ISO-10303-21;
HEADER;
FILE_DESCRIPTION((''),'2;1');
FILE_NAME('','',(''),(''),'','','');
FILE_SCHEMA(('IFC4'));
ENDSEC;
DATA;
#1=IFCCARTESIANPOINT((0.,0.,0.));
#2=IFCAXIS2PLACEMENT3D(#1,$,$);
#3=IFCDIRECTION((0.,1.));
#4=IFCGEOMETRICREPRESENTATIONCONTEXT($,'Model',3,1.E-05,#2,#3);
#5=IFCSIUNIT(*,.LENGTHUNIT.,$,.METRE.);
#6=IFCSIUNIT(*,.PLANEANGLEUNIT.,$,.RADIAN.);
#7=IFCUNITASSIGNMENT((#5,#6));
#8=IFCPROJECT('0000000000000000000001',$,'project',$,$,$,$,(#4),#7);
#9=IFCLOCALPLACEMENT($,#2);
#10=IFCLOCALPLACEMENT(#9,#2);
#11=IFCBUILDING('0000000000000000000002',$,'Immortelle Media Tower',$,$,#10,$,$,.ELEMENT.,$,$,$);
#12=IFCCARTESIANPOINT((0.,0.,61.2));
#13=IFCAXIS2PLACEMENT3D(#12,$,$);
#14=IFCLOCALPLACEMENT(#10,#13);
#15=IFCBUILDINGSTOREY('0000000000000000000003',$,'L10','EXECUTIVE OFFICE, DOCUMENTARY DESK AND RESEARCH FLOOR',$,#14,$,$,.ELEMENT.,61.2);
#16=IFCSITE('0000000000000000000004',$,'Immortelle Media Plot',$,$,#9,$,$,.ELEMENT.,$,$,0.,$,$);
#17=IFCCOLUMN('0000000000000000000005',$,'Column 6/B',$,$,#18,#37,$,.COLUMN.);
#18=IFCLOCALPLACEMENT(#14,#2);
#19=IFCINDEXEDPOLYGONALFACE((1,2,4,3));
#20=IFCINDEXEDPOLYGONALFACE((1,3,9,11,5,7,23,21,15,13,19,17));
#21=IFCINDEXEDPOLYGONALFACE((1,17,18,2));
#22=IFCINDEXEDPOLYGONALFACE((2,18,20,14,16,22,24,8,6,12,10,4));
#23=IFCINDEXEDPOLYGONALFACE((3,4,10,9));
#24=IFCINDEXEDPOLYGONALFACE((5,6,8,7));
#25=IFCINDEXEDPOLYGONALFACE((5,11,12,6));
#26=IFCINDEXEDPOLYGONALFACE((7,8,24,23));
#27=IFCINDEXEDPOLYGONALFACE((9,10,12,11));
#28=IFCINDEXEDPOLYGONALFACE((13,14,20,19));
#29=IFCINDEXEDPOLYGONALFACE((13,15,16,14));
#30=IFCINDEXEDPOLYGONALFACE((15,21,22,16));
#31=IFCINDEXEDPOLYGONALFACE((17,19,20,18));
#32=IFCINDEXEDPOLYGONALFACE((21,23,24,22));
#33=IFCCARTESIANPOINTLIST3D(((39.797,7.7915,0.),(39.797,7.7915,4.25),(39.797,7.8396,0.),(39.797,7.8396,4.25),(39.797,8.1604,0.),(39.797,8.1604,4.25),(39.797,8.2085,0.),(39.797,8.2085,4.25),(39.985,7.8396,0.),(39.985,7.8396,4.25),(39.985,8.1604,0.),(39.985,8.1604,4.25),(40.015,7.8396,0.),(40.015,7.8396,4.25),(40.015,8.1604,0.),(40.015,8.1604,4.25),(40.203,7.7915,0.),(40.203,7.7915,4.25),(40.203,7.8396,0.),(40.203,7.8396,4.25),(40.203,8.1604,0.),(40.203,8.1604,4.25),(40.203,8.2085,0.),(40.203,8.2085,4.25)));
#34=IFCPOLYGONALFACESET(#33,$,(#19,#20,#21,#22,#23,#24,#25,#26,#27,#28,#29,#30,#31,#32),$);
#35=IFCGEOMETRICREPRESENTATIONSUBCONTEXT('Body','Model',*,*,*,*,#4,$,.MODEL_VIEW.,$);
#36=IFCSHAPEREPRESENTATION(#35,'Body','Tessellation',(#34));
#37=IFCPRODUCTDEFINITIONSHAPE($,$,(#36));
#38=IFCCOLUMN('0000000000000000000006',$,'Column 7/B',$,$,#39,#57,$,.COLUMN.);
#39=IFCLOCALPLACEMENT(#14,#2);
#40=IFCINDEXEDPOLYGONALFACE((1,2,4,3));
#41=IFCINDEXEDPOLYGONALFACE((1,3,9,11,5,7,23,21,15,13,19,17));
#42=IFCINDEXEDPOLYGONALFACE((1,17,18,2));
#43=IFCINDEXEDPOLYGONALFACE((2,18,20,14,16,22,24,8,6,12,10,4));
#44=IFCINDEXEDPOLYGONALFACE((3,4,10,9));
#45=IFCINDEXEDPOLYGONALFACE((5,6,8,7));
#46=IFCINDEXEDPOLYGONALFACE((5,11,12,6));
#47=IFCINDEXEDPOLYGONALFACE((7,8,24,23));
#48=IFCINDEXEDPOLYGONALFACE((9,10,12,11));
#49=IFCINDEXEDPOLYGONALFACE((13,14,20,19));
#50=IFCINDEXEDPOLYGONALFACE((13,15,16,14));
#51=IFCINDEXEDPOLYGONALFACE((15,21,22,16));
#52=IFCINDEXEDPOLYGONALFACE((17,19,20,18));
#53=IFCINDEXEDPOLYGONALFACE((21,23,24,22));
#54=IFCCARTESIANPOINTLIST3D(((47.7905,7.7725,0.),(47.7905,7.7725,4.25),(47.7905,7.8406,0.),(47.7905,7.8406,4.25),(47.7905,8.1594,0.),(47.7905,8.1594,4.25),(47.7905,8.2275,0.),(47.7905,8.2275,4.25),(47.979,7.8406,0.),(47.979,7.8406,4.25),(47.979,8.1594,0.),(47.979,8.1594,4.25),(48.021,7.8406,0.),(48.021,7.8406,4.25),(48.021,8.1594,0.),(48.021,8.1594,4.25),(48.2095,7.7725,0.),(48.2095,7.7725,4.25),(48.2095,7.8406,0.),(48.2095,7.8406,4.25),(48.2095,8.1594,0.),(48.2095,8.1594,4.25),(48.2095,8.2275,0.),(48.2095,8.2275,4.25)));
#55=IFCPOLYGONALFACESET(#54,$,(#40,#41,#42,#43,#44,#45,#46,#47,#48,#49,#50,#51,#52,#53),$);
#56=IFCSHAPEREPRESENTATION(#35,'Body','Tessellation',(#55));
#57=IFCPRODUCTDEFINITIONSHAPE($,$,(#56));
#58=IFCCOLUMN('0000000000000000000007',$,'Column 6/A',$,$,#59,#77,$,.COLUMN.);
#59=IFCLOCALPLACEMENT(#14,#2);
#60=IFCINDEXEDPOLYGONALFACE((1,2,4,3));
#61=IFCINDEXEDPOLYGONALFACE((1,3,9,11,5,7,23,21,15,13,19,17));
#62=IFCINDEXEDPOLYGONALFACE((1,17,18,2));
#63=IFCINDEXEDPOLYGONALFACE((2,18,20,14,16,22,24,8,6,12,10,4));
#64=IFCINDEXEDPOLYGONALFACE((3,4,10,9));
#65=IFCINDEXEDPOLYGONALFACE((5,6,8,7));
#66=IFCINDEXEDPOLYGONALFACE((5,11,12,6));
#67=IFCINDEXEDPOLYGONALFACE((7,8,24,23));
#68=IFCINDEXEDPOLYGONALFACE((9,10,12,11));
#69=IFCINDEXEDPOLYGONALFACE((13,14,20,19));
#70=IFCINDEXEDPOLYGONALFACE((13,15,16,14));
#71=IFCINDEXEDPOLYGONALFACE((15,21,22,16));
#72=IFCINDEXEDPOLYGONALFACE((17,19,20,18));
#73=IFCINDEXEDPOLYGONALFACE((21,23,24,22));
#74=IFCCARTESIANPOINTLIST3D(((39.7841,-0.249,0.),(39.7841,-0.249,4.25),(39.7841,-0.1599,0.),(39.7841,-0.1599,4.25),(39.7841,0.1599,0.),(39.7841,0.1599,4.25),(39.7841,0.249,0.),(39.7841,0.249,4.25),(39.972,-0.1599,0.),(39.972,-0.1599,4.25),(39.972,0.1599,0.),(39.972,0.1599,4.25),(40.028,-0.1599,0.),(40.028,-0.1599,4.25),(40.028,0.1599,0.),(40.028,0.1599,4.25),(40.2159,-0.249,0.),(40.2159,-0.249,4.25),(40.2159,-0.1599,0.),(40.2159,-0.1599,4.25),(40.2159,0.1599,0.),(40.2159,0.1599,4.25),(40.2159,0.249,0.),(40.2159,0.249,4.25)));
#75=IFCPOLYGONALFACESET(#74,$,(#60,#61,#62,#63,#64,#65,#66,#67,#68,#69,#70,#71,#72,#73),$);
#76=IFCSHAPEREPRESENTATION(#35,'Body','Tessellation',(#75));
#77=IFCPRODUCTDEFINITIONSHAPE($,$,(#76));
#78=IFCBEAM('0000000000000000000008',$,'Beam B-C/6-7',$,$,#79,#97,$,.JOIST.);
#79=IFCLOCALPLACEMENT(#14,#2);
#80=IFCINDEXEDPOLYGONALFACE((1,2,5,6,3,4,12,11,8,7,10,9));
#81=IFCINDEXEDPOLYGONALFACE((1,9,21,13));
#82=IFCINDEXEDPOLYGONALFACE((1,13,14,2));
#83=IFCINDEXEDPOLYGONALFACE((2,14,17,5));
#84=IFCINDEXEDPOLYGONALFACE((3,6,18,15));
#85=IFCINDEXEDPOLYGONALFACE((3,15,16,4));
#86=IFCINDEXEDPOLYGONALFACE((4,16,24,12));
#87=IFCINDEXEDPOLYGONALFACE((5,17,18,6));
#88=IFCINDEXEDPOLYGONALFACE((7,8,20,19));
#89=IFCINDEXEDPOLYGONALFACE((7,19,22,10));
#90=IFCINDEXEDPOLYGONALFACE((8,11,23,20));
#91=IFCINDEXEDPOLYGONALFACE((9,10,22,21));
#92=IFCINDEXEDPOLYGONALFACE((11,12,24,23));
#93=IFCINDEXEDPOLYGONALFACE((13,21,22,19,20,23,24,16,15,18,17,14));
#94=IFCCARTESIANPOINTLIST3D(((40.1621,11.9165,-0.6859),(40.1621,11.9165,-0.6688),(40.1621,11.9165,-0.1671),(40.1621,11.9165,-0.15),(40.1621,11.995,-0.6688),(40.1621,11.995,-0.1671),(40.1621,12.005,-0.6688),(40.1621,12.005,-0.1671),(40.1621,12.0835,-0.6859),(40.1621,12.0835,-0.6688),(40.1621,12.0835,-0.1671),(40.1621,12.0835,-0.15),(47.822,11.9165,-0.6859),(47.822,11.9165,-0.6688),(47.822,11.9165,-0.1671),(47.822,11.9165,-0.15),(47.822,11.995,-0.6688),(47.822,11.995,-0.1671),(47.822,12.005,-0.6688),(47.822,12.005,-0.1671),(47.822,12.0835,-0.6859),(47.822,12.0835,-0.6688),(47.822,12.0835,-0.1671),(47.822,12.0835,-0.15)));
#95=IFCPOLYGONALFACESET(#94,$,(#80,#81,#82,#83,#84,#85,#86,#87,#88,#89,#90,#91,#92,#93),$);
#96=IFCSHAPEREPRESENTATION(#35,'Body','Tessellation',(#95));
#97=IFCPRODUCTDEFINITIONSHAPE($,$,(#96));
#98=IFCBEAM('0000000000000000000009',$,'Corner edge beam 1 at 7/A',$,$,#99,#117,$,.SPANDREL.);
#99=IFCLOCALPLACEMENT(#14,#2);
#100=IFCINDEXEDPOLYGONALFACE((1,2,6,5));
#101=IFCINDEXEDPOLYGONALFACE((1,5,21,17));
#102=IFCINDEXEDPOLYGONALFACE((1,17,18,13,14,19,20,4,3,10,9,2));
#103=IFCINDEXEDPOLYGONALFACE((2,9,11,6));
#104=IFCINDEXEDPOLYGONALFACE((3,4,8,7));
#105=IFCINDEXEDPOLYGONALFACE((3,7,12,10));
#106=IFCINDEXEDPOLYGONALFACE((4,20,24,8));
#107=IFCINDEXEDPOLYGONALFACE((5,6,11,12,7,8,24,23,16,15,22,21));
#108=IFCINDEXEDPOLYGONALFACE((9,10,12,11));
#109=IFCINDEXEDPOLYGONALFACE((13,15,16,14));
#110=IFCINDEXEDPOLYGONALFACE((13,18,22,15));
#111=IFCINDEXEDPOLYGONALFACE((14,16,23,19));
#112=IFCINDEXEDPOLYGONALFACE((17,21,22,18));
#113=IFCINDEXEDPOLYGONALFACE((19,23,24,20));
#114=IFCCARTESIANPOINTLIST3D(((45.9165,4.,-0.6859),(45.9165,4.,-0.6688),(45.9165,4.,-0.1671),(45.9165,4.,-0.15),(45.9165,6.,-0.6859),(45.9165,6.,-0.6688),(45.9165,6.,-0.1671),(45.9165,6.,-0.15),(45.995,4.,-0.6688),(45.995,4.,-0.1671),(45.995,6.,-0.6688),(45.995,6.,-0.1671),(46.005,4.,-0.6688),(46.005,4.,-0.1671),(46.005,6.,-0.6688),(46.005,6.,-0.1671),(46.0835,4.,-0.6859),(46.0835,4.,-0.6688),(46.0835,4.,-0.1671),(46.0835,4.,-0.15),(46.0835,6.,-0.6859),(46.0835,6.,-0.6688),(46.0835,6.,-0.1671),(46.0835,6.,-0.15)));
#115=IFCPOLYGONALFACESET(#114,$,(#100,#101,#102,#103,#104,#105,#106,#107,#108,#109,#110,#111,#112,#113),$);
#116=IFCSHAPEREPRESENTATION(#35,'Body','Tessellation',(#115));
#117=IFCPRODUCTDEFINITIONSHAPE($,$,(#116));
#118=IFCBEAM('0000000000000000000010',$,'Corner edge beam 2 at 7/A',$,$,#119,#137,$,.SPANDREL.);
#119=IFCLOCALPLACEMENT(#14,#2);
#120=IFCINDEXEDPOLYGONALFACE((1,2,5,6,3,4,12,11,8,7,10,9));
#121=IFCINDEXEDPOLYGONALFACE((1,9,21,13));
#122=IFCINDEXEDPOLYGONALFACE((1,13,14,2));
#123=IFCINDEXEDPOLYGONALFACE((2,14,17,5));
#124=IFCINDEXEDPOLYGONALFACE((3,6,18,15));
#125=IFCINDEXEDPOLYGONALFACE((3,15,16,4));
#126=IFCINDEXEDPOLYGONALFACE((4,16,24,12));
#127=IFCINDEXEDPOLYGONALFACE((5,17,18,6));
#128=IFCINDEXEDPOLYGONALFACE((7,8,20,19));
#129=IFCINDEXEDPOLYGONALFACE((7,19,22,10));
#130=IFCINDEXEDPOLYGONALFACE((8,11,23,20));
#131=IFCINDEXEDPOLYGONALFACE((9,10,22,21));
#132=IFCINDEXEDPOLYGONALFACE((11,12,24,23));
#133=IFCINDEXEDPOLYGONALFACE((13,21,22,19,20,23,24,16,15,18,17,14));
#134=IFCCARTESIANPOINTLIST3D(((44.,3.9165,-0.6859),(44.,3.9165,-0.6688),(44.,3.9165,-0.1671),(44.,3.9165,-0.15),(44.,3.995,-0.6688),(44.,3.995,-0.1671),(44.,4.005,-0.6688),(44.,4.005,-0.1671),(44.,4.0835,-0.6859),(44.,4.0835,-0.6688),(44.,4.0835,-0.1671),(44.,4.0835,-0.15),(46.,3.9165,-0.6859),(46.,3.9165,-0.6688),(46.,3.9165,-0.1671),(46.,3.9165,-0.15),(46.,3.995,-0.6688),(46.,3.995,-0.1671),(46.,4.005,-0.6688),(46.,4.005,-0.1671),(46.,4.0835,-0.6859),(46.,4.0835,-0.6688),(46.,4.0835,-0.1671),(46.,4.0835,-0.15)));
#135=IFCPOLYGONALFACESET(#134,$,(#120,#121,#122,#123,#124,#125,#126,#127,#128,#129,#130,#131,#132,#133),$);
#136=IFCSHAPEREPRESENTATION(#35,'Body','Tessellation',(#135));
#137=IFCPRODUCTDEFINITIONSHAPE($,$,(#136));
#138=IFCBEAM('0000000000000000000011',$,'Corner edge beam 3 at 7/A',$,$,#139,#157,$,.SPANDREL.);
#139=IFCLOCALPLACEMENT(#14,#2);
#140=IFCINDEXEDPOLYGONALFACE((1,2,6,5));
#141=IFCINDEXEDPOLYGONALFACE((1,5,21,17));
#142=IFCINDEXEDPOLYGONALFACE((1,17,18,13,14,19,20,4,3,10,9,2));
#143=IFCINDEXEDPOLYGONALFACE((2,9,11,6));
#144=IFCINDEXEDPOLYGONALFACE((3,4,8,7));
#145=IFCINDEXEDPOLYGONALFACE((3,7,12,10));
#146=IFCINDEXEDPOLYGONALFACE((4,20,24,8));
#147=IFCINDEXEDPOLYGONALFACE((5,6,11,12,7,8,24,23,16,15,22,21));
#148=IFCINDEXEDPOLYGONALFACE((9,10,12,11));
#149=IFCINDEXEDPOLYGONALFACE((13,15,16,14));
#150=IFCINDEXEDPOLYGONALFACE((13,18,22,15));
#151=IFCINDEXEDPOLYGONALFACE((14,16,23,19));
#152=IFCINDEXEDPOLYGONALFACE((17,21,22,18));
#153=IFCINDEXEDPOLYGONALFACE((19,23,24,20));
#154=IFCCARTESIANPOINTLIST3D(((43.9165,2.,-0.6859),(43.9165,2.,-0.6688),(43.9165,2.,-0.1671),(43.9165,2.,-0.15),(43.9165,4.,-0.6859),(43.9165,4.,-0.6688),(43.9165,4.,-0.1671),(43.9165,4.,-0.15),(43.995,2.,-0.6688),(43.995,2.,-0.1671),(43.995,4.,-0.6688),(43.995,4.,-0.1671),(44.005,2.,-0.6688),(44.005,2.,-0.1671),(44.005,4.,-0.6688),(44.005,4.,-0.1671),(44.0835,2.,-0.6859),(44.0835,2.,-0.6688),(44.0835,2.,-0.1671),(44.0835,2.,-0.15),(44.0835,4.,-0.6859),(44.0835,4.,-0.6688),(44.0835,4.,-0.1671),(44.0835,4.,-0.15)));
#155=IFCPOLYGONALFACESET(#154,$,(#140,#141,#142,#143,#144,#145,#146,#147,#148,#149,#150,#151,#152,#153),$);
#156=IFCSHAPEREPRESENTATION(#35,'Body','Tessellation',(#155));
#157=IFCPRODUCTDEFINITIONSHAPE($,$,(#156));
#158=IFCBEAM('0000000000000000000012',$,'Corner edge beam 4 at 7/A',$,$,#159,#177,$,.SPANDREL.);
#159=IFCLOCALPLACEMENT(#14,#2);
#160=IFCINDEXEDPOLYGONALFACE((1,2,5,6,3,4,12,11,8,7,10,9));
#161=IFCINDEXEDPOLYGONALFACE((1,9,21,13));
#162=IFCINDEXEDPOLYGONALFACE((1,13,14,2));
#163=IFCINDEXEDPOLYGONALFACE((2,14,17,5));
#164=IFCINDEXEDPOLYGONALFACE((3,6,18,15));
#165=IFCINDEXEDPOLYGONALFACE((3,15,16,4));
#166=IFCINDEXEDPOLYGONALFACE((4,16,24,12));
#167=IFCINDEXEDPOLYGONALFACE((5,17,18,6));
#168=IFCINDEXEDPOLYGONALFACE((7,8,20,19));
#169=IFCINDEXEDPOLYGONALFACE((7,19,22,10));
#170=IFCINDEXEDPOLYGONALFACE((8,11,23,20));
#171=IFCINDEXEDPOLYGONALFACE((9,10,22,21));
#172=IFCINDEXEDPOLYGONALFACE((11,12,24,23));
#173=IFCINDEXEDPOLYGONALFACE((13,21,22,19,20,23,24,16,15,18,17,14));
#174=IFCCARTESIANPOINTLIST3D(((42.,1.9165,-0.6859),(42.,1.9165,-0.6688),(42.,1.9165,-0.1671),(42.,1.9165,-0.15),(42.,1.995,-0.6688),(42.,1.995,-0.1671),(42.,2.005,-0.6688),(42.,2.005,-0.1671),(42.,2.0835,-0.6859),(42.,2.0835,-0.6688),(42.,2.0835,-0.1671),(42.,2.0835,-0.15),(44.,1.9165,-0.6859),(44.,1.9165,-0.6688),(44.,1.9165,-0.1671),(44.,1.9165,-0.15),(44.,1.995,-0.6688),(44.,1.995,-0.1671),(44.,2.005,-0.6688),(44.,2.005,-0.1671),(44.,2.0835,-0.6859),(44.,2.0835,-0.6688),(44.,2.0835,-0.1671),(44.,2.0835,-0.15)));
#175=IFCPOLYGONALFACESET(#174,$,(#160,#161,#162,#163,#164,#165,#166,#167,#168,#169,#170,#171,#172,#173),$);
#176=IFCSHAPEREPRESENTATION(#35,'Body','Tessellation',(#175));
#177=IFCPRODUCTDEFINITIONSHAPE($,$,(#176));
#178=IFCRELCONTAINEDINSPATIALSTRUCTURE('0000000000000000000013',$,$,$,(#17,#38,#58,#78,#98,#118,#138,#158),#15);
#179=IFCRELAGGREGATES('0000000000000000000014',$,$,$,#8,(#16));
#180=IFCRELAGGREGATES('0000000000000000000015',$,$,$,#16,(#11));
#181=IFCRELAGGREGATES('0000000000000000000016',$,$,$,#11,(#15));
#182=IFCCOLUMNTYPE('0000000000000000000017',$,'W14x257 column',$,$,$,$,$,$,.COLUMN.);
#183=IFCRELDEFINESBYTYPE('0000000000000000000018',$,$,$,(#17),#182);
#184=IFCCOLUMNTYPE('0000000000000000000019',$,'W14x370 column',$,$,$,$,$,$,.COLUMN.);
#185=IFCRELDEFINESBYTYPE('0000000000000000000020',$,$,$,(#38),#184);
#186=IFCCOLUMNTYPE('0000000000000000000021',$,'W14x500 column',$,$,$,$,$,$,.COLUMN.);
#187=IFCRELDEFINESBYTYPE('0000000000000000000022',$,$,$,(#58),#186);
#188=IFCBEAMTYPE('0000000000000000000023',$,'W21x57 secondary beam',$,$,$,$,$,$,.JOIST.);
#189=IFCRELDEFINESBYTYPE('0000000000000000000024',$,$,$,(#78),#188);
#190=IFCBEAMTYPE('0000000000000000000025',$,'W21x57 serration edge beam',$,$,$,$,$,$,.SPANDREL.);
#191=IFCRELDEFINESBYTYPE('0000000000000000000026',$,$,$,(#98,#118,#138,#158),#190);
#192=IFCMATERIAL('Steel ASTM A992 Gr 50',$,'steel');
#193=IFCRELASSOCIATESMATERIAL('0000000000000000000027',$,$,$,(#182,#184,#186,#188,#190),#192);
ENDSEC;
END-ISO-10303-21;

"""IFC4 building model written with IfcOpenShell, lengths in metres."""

from ifc_helpers import new_model, si_unit, direction, frame, origin, origin_2d, place, context, subcontext, project, spatial, i_section, extrude, material, material_profile, profile_set, type_object, element, save


model = new_model("IFC4")

# Units and contexts
model_context = context("Model", 3, precision=1e-05, world=origin(), true_north=direction((0.0, 1.0)))
body_context = subcontext(model_context, "Body", "Model", "MODEL_VIEW")
ifc_project = project(units=[si_unit("LENGTHUNIT", "METRE"), si_unit("PLANEANGLEUNIT", "RADIAN")], contexts=[model_context])

# Site, building, storey
site_placement = place(None, origin())
site = spatial("IfcSite", under=ifc_project, at=site_placement, Name="Immortelle Media Plot", CompositionType="ELEMENT", RefElevation=0.0)
building_placement = place(site_placement, origin())
building = spatial("IfcBuilding", under=site, at=building_placement, Name="Immortelle Media Tower", CompositionType="ELEMENT")
storey_placement = place(building_placement, frame((0.0, 0.0, 61.2)))
storey = spatial("IfcBuildingStorey", under=building, at=storey_placement, Name="L10", Description="EXECUTIVE OFFICE, DOCUMENTARY DESK AND RESEARCH FLOOR", CompositionType="ELEMENT", Elevation=61.2)

# Columns
ifc_material_1 = material(Name="Steel ASTM A992 Gr 50", Category="steel")
ifc_material_profile_1 = material_profile(ifc_material_1, i_section(OverallWidth=0.406, OverallDepth=0.417, WebThickness=0.03, FlangeThickness=0.0481, at=origin_2d()), Name="W14x257")
ifc_profile_set_1 = profile_set([ifc_material_profile_1], Name="Steel ASTM A992 Gr 50")
column_type_1 = type_object("IfcColumnType", Name="W14x257 column", PredefinedType="COLUMN", material=ifc_profile_set_1)
column_1_placement = place(storey_placement, frame((40.0, 8.0, 0.0), z_axis=(0.0, 0.0, 1.0), x_axis=(1.0, 0.0, 0.0)))
element("IfcColumn", 1, at=column_1_placement, inside=storey, type_object=column_type_1, Name="Column 6/B", PredefinedType="COLUMN", context=body_context, shape_type="SweptSolid", body=[
    extrude(i_section(OverallWidth=0.406, OverallDepth=0.417, WebThickness=0.03, FlangeThickness=0.0481, at=origin_2d()), origin(), (0.0, 0.0, 1.0), 4.25),
])
ifc_material_profile_2 = material_profile(ifc_material_1, i_section(OverallWidth=0.4189, OverallDepth=0.4551, WebThickness=0.042, FlangeThickness=0.0681, at=origin_2d()), Name="W14x370")
ifc_profile_set_2 = profile_set([ifc_material_profile_2], Name="Steel ASTM A992 Gr 50")
column_type_2 = type_object("IfcColumnType", Name="W14x370 column", PredefinedType="COLUMN", material=ifc_profile_set_2)
column_2_placement = place(storey_placement, frame((48.0, 8.0, 0.0), z_axis=(0.0, 0.0, 1.0), x_axis=(1.0, 0.0, 0.0)))
element("IfcColumn", 2, at=column_2_placement, inside=storey, type_object=column_type_2, Name="Column 7/B", PredefinedType="COLUMN", context=body_context, shape_type="SweptSolid", body=[
    extrude(i_section(OverallWidth=0.4189, OverallDepth=0.4551, WebThickness=0.042, FlangeThickness=0.0681, at=origin_2d()), origin(), (0.0, 0.0, 1.0), 4.25),
])
ifc_material_profile_3 = material_profile(ifc_material_1, i_section(OverallWidth=0.4319, OverallDepth=0.498, WebThickness=0.0559, FlangeThickness=0.0891, at=origin_2d()), Name="W14x500")
ifc_profile_set_3 = profile_set([ifc_material_profile_3], Name="Steel ASTM A992 Gr 50")
column_type_3 = type_object("IfcColumnType", Name="W14x500 column", PredefinedType="COLUMN", material=ifc_profile_set_3)
column_3_placement = place(storey_placement, frame((40.0, 0.0, 0.0), z_axis=(0.0, 0.0, 1.0), x_axis=(1.0, 0.0, 0.0)))
element("IfcColumn", 3, at=column_3_placement, inside=storey, type_object=column_type_3, Name="Column 6/A", PredefinedType="COLUMN", context=body_context, shape_type="SweptSolid", body=[
    extrude(i_section(OverallWidth=0.4319, OverallDepth=0.498, WebThickness=0.0559, FlangeThickness=0.0891, at=origin_2d()), origin(), (0.0, 0.0, 1.0), 4.25),
])

# Beams
ifc_material_profile_4 = material_profile(ifc_material_1, i_section(OverallWidth=0.167, OverallDepth=0.5359, WebThickness=0.01, FlangeThickness=0.0171, at=origin_2d()), Name="W21x57")
ifc_profile_set_4 = profile_set([ifc_material_profile_4], Name="Steel ASTM A992 Gr 50")
beam_type_1 = type_object("IfcBeamType", Name="W21x57 secondary beam", PredefinedType="JOIST", material=ifc_profile_set_4)
beam_1_placement = place(storey_placement, frame((40.1621, 12.0, -0.418), z_axis=(1.0, 0.0, 0.0), x_axis=(0.0, 1.0, 0.0)))
element("IfcBeam", 4, at=beam_1_placement, inside=storey, type_object=beam_type_1, Name="Beam B-C/6-7", PredefinedType="JOIST", context=body_context, shape_type="SweptSolid", body=[
    extrude(i_section(OverallWidth=0.167, OverallDepth=0.5359, WebThickness=0.01, FlangeThickness=0.0171, at=origin_2d()), origin(), (0.0, 0.0, 1.0), 7.6599),
])
ifc_material_profile_5 = material_profile(ifc_material_1, i_section(OverallWidth=0.167, OverallDepth=0.5359, WebThickness=0.01, FlangeThickness=0.0171, at=origin_2d()), Name="W21x57")
ifc_profile_set_5 = profile_set([ifc_material_profile_5], Name="Steel ASTM A992 Gr 50")
beam_type_2 = type_object("IfcBeamType", Name="W21x57 serration edge beam", PredefinedType="SPANDREL", material=ifc_profile_set_5)
for number, where, z_axis, x_axis, name in (
    (5, (46.0, 6.0, -0.418), (0.0, -1.0, 0.0), (1.0, 0.0, 0.0), "Corner edge beam 1 at 7/A"),
    (6, (46.0, 4.0, -0.418), (-1.0, 0.0, 0.0), (0.0, -1.0, 0.0), "Corner edge beam 2 at 7/A"),
    (7, (44.0, 4.0, -0.418), (0.0, -1.0, 0.0), (1.0, 0.0, 0.0), "Corner edge beam 3 at 7/A"),
    (8, (44.0, 2.0, -0.418), (-1.0, 0.0, 0.0), (0.0, -1.0, 0.0), "Corner edge beam 4 at 7/A"),
):
    element("IfcBeam", number, at=place(storey_placement, frame(where, z_axis=z_axis, x_axis=x_axis)), inside=storey, type_object=beam_type_2, Name=name, PredefinedType="SPANDREL", context=body_context, shape_type="SweptSolid", body=[
        extrude(i_section(OverallWidth=0.167, OverallDepth=0.5359, WebThickness=0.01, FlangeThickness=0.0171, at=origin_2d()), origin(), (0.0, 0.0, 1.0), 2.0),
    ])

save(model, "model.ifc")
